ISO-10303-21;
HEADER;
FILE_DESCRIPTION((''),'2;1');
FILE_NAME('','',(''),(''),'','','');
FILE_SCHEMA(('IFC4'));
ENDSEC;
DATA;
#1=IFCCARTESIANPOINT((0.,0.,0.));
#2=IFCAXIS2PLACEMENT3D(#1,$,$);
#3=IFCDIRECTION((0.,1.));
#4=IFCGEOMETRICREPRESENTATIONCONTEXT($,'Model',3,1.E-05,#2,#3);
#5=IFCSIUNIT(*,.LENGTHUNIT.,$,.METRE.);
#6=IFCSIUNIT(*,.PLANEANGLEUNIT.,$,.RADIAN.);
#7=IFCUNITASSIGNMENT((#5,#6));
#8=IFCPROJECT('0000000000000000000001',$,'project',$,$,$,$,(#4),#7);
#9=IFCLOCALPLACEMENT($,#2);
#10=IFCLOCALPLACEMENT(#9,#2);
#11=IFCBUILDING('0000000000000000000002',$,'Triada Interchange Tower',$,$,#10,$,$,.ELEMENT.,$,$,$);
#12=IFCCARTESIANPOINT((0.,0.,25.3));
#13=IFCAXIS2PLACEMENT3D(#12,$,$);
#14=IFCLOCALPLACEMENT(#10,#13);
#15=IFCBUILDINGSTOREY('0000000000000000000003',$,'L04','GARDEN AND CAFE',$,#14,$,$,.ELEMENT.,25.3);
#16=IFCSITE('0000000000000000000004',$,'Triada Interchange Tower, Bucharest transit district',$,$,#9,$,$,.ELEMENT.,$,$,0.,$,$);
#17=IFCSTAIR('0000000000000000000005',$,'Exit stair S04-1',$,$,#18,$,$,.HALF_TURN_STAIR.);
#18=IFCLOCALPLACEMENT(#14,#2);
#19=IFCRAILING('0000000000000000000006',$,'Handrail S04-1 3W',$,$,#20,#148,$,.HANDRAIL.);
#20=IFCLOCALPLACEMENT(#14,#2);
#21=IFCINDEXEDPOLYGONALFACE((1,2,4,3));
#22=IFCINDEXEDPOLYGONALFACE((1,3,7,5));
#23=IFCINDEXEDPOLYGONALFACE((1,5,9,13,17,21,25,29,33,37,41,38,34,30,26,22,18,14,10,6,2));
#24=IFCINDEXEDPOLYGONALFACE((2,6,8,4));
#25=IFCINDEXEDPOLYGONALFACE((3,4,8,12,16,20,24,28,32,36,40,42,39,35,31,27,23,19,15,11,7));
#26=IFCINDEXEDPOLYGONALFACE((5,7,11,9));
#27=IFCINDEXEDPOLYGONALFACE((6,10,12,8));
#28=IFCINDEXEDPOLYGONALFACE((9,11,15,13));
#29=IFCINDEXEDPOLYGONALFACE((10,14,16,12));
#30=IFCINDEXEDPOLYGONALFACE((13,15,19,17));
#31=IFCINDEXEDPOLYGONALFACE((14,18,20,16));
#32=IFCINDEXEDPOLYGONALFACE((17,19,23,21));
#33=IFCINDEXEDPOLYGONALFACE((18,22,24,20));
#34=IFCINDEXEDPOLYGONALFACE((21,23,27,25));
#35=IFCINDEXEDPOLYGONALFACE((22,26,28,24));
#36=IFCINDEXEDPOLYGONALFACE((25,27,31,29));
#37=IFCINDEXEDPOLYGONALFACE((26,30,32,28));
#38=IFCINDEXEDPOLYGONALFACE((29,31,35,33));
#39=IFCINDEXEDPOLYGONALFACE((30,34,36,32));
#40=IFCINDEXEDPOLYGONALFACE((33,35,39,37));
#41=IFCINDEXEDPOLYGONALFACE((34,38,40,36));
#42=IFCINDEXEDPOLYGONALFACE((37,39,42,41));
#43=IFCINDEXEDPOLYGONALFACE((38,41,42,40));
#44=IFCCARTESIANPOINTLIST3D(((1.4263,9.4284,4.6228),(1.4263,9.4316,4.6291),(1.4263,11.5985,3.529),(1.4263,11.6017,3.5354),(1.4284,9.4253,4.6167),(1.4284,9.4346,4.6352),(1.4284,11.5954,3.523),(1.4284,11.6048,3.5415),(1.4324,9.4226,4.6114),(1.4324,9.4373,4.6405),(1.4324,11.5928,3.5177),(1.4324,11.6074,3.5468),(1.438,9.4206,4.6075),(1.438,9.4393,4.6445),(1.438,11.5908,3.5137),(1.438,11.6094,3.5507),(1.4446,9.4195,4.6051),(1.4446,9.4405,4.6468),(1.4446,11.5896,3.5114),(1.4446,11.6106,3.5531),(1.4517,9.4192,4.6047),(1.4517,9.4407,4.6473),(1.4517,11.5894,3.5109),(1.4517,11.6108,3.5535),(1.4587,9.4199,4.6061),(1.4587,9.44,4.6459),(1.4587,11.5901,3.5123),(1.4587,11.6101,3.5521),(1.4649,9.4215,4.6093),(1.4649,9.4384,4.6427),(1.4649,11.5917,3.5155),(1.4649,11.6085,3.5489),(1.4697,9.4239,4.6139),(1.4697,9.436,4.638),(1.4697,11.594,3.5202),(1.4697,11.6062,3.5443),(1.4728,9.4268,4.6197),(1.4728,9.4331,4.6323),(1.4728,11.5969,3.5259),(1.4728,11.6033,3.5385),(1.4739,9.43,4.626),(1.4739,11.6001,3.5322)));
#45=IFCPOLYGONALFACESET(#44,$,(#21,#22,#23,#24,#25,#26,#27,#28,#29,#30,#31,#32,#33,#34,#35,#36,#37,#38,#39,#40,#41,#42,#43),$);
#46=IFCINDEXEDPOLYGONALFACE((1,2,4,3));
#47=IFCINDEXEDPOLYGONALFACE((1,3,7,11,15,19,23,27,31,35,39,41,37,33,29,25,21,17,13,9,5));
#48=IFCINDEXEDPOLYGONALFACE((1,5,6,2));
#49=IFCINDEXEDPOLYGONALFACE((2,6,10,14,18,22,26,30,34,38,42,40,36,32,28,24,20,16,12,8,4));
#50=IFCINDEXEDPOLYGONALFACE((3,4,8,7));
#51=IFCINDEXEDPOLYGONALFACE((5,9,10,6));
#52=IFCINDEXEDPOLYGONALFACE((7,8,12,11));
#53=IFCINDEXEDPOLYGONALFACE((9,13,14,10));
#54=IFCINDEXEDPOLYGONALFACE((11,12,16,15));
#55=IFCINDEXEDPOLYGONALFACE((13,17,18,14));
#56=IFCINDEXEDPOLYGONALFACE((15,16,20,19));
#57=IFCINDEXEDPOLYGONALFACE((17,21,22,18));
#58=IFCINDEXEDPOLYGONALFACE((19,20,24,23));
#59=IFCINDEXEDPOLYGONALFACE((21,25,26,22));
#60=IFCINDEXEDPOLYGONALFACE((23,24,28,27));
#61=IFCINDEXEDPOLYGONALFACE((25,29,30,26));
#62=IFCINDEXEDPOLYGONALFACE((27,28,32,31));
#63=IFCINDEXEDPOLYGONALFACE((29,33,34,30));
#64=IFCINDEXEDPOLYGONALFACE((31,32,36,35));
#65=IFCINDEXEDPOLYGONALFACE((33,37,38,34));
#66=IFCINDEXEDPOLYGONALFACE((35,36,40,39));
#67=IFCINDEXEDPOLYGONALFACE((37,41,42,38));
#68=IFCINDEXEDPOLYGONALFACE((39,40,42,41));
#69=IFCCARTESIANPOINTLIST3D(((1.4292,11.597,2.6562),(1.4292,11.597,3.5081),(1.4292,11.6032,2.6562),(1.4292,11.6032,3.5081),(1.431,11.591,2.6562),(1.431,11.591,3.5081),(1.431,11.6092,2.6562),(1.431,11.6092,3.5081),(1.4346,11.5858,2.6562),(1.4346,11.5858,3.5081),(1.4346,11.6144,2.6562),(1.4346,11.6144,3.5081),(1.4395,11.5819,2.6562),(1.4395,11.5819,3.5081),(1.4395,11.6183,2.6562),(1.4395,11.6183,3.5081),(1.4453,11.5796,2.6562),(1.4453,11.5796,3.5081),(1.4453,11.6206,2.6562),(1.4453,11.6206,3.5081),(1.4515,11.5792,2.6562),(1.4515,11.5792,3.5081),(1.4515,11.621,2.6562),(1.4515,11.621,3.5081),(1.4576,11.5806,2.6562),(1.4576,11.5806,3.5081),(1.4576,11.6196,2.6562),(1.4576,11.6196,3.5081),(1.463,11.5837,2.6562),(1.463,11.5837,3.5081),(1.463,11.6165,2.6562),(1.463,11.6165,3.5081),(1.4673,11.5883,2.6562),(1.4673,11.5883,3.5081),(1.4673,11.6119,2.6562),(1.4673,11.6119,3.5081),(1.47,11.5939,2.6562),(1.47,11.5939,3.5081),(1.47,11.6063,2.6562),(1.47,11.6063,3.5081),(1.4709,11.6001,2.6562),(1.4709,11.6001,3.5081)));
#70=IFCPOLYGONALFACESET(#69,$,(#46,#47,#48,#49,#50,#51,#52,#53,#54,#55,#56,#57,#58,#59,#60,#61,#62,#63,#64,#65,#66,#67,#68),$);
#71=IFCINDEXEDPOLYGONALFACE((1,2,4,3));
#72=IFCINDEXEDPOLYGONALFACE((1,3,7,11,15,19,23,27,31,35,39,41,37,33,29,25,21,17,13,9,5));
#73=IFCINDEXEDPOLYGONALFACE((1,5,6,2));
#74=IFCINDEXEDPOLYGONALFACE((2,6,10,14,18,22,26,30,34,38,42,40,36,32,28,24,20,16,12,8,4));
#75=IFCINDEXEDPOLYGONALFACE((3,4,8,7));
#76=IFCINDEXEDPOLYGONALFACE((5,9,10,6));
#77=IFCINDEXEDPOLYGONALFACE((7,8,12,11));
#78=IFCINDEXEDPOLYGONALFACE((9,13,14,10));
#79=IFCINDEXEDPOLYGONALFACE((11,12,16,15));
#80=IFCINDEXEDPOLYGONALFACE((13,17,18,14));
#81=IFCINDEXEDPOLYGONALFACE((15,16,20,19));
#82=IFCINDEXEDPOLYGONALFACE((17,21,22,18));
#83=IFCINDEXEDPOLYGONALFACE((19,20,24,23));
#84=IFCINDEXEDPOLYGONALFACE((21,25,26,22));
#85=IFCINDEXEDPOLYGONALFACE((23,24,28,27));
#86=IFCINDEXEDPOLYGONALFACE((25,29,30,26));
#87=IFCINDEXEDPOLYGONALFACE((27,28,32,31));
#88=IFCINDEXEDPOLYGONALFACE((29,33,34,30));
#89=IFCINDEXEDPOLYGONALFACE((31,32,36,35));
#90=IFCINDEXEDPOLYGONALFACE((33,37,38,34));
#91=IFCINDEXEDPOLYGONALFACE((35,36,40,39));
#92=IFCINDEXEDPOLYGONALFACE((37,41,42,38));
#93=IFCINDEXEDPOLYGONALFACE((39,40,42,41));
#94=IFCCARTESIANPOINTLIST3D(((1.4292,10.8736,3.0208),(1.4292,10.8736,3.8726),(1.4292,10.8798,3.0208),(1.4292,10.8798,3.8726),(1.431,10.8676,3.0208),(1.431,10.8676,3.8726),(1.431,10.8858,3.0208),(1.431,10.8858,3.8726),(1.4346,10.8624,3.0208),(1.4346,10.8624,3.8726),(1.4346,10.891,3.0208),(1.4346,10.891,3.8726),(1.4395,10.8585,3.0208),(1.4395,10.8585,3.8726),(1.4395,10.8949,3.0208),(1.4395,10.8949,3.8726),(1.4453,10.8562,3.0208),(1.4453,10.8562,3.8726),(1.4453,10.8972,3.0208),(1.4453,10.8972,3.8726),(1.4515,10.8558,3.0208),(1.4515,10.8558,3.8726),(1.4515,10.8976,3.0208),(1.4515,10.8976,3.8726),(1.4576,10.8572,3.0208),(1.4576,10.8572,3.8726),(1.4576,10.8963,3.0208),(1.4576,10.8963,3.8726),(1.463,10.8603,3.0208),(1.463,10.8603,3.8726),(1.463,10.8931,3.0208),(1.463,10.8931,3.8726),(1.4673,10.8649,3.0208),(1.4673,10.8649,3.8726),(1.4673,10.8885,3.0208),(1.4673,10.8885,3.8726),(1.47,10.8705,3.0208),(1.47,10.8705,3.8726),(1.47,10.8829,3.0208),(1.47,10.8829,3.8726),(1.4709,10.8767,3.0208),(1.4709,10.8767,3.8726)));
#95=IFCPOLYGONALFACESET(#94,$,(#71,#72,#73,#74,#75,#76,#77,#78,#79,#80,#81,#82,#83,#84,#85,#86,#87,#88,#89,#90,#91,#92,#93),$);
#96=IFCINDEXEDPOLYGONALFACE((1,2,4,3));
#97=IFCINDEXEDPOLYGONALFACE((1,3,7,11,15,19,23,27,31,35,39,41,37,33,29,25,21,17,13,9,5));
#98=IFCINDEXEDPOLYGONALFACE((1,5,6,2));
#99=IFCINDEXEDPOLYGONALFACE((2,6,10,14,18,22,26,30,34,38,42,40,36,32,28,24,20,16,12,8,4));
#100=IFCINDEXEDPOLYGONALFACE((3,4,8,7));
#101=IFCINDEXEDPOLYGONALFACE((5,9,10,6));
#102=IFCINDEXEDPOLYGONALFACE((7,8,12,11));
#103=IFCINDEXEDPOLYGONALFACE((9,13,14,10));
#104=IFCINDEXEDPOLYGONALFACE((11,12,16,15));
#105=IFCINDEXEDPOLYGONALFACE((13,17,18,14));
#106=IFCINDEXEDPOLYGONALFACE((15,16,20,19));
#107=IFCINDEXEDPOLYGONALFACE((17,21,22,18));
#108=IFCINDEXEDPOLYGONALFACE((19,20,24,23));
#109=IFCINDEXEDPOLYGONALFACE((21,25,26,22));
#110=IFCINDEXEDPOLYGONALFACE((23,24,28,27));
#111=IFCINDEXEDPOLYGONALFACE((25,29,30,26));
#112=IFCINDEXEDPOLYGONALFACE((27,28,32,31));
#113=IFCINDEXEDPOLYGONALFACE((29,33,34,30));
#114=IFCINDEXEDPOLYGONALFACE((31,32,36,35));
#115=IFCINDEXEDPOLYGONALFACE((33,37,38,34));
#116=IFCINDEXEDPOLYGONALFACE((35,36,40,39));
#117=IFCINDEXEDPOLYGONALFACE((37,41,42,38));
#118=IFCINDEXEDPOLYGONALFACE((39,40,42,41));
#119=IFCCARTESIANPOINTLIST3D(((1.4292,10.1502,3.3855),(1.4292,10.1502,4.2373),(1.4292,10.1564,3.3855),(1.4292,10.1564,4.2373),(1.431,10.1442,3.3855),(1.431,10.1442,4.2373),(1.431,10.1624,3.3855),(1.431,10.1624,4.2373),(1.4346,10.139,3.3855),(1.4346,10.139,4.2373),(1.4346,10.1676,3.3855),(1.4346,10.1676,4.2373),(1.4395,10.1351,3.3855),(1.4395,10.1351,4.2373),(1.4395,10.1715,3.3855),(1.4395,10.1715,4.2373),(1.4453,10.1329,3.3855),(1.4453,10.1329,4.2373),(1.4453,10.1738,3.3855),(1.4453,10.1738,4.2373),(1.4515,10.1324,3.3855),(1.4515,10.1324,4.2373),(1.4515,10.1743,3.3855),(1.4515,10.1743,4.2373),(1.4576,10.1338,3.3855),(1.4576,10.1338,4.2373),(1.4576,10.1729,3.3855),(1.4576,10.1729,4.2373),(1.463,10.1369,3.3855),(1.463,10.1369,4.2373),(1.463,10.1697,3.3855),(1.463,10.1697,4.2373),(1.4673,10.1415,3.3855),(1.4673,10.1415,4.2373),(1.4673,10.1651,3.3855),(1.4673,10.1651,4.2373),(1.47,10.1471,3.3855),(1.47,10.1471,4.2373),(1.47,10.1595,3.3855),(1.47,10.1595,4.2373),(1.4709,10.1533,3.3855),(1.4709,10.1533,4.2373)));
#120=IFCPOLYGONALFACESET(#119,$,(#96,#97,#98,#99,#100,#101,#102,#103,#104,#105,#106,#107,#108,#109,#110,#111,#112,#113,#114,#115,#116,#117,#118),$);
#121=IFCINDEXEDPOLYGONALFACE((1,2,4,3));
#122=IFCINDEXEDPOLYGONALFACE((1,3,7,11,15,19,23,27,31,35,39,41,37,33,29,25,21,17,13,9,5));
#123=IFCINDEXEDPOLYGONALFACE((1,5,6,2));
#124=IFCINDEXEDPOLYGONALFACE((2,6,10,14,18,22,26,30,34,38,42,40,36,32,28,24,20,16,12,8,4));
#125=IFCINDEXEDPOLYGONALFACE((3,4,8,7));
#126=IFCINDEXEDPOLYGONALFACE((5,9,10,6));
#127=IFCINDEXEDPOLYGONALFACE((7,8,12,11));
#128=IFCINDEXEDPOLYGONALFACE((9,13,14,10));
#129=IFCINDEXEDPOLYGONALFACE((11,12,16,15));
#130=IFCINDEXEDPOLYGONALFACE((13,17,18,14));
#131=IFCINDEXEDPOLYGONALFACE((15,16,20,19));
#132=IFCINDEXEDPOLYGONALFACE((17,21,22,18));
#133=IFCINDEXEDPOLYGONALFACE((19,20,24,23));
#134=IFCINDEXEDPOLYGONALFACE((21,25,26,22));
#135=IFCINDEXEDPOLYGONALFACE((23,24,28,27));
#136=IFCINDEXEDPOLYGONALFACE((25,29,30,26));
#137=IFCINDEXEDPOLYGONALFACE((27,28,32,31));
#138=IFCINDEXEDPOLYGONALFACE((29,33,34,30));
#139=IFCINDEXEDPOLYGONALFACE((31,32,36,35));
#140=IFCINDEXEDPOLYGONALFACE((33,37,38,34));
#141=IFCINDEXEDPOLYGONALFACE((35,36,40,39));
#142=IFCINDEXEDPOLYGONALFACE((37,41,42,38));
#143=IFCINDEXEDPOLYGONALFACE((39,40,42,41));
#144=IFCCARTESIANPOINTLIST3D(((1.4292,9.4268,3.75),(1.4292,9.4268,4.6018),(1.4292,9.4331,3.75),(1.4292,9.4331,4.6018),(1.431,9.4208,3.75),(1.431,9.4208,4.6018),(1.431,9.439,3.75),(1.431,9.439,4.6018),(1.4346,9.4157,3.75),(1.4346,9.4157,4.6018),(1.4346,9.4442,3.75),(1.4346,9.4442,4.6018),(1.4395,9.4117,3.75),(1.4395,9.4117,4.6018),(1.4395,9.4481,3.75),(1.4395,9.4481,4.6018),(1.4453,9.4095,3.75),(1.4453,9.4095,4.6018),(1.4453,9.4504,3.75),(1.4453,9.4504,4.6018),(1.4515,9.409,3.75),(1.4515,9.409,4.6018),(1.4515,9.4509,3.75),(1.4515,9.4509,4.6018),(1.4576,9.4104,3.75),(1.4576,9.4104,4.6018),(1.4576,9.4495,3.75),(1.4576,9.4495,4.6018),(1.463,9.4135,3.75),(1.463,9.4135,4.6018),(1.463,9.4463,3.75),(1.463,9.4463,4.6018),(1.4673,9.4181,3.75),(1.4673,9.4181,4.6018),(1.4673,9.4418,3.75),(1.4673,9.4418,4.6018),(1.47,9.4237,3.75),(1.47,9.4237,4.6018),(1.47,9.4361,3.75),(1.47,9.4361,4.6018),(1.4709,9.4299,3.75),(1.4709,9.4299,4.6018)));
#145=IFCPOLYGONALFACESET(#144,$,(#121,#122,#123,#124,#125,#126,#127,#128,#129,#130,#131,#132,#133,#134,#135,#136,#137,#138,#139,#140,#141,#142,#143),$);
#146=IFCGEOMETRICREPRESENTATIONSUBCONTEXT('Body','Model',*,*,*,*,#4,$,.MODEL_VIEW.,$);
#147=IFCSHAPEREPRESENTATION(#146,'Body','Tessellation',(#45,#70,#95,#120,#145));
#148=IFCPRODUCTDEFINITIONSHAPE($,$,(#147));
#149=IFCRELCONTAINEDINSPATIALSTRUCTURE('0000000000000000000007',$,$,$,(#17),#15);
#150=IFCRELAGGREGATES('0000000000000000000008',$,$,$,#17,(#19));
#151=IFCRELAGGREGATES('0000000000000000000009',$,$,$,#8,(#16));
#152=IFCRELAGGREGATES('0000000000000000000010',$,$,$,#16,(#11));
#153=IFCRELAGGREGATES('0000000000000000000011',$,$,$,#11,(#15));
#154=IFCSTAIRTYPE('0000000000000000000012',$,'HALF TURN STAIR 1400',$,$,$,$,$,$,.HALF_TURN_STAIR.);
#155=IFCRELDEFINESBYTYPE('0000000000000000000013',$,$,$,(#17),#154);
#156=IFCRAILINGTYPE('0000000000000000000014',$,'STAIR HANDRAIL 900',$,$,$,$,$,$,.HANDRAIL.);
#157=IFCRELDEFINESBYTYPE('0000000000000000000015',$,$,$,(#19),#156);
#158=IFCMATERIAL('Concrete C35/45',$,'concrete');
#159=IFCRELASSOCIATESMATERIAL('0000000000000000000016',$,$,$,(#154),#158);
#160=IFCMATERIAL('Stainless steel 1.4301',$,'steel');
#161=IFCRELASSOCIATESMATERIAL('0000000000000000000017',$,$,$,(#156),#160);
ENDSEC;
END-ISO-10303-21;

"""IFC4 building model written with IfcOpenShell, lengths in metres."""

from ifc_helpers import new_model, si_unit, direction, frame, origin, origin_2d, place, context, subcontext, project, spatial, circle, extrude, material, type_object, element, aggregate, save


model = new_model("IFC4")

# Units and contexts
model_context = context("Model", 3, precision=1e-05, world=origin(), true_north=direction((0.0, 1.0)))
body_context = subcontext(model_context, "Body", "Model", "MODEL_VIEW")
ifc_project = project(units=[si_unit("LENGTHUNIT", "METRE"), si_unit("PLANEANGLEUNIT", "RADIAN")], contexts=[model_context])

# Site, building, storey
site_placement = place(None, origin())
site = spatial("IfcSite", under=ifc_project, at=site_placement, Name="Triada Interchange Tower, Bucharest transit district", CompositionType="ELEMENT", RefElevation=0.0)
building_placement = place(site_placement, origin())
building = spatial("IfcBuilding", under=site, at=building_placement, Name="Triada Interchange Tower", CompositionType="ELEMENT")
storey_placement = place(building_placement, frame((0.0, 0.0, 25.3)))
storey = spatial("IfcBuildingStorey", under=building, at=storey_placement, Name="L04", Description="GARDEN AND CAFE", CompositionType="ELEMENT", Elevation=25.3)

# Shared definitions
ifc_material_1 = material(Name="Concrete C35/45", Category="concrete")

# Stair, railing
stair_type = type_object("IfcStairType", Name="HALF TURN STAIR 1400", PredefinedType="HALF_TURN_STAIR", material=ifc_material_1)
stair_placement = place(storey_placement, origin())
stair = element("IfcStair", 1, at=stair_placement, inside=storey, type_object=stair_type, Name="Exit stair S04-1", PredefinedType="HALF_TURN_STAIR")
ifc_material_2 = material(Name="Stainless steel 1.4301", Category="steel")
railing_type_1 = type_object("IfcRailingType", Name="STAIR HANDRAIL 900", PredefinedType="HANDRAIL", material=ifc_material_2)
railing_1_placement = place(storey_placement, frame((1.45, 11.6001, 2.6562)))
railing_1 = element("IfcRailing", 2, at=railing_1_placement, type_object=railing_type_1, Name="Handrail S04-1 3W", PredefinedType="HANDRAIL", context=body_context, shape_type="SweptSolid", body=[
    extrude(circle(Radius=0.0239, at=origin_2d()), frame((0.0, 0.0, 0.876), z_axis=(0.0, -0.892996, 0.450064), x_axis=(1.0, 0.0, 0.0)), (0.0, 0.0, 1.0), 2.4302),
    extrude(circle(Radius=0.021, at=origin_2d()), origin(), (0.0, 0.0, 1.0), 0.8518),
    extrude(circle(Radius=0.021, at=origin_2d()), frame((0.0, -0.7234, 0.3645)), (0.0, 0.0, 1.0), 0.8518),
    extrude(circle(Radius=0.021, at=origin_2d()), frame((0.0, -1.4468, 0.7292)), (0.0, 0.0, 1.0), 0.8518),
    extrude(circle(Radius=0.021, at=origin_2d()), frame((0.0, -2.1702, 1.0938)), (0.0, 0.0, 1.0), 0.8518),
])
aggregate(stair, [railing_1])

save(model, "model.ifc")
